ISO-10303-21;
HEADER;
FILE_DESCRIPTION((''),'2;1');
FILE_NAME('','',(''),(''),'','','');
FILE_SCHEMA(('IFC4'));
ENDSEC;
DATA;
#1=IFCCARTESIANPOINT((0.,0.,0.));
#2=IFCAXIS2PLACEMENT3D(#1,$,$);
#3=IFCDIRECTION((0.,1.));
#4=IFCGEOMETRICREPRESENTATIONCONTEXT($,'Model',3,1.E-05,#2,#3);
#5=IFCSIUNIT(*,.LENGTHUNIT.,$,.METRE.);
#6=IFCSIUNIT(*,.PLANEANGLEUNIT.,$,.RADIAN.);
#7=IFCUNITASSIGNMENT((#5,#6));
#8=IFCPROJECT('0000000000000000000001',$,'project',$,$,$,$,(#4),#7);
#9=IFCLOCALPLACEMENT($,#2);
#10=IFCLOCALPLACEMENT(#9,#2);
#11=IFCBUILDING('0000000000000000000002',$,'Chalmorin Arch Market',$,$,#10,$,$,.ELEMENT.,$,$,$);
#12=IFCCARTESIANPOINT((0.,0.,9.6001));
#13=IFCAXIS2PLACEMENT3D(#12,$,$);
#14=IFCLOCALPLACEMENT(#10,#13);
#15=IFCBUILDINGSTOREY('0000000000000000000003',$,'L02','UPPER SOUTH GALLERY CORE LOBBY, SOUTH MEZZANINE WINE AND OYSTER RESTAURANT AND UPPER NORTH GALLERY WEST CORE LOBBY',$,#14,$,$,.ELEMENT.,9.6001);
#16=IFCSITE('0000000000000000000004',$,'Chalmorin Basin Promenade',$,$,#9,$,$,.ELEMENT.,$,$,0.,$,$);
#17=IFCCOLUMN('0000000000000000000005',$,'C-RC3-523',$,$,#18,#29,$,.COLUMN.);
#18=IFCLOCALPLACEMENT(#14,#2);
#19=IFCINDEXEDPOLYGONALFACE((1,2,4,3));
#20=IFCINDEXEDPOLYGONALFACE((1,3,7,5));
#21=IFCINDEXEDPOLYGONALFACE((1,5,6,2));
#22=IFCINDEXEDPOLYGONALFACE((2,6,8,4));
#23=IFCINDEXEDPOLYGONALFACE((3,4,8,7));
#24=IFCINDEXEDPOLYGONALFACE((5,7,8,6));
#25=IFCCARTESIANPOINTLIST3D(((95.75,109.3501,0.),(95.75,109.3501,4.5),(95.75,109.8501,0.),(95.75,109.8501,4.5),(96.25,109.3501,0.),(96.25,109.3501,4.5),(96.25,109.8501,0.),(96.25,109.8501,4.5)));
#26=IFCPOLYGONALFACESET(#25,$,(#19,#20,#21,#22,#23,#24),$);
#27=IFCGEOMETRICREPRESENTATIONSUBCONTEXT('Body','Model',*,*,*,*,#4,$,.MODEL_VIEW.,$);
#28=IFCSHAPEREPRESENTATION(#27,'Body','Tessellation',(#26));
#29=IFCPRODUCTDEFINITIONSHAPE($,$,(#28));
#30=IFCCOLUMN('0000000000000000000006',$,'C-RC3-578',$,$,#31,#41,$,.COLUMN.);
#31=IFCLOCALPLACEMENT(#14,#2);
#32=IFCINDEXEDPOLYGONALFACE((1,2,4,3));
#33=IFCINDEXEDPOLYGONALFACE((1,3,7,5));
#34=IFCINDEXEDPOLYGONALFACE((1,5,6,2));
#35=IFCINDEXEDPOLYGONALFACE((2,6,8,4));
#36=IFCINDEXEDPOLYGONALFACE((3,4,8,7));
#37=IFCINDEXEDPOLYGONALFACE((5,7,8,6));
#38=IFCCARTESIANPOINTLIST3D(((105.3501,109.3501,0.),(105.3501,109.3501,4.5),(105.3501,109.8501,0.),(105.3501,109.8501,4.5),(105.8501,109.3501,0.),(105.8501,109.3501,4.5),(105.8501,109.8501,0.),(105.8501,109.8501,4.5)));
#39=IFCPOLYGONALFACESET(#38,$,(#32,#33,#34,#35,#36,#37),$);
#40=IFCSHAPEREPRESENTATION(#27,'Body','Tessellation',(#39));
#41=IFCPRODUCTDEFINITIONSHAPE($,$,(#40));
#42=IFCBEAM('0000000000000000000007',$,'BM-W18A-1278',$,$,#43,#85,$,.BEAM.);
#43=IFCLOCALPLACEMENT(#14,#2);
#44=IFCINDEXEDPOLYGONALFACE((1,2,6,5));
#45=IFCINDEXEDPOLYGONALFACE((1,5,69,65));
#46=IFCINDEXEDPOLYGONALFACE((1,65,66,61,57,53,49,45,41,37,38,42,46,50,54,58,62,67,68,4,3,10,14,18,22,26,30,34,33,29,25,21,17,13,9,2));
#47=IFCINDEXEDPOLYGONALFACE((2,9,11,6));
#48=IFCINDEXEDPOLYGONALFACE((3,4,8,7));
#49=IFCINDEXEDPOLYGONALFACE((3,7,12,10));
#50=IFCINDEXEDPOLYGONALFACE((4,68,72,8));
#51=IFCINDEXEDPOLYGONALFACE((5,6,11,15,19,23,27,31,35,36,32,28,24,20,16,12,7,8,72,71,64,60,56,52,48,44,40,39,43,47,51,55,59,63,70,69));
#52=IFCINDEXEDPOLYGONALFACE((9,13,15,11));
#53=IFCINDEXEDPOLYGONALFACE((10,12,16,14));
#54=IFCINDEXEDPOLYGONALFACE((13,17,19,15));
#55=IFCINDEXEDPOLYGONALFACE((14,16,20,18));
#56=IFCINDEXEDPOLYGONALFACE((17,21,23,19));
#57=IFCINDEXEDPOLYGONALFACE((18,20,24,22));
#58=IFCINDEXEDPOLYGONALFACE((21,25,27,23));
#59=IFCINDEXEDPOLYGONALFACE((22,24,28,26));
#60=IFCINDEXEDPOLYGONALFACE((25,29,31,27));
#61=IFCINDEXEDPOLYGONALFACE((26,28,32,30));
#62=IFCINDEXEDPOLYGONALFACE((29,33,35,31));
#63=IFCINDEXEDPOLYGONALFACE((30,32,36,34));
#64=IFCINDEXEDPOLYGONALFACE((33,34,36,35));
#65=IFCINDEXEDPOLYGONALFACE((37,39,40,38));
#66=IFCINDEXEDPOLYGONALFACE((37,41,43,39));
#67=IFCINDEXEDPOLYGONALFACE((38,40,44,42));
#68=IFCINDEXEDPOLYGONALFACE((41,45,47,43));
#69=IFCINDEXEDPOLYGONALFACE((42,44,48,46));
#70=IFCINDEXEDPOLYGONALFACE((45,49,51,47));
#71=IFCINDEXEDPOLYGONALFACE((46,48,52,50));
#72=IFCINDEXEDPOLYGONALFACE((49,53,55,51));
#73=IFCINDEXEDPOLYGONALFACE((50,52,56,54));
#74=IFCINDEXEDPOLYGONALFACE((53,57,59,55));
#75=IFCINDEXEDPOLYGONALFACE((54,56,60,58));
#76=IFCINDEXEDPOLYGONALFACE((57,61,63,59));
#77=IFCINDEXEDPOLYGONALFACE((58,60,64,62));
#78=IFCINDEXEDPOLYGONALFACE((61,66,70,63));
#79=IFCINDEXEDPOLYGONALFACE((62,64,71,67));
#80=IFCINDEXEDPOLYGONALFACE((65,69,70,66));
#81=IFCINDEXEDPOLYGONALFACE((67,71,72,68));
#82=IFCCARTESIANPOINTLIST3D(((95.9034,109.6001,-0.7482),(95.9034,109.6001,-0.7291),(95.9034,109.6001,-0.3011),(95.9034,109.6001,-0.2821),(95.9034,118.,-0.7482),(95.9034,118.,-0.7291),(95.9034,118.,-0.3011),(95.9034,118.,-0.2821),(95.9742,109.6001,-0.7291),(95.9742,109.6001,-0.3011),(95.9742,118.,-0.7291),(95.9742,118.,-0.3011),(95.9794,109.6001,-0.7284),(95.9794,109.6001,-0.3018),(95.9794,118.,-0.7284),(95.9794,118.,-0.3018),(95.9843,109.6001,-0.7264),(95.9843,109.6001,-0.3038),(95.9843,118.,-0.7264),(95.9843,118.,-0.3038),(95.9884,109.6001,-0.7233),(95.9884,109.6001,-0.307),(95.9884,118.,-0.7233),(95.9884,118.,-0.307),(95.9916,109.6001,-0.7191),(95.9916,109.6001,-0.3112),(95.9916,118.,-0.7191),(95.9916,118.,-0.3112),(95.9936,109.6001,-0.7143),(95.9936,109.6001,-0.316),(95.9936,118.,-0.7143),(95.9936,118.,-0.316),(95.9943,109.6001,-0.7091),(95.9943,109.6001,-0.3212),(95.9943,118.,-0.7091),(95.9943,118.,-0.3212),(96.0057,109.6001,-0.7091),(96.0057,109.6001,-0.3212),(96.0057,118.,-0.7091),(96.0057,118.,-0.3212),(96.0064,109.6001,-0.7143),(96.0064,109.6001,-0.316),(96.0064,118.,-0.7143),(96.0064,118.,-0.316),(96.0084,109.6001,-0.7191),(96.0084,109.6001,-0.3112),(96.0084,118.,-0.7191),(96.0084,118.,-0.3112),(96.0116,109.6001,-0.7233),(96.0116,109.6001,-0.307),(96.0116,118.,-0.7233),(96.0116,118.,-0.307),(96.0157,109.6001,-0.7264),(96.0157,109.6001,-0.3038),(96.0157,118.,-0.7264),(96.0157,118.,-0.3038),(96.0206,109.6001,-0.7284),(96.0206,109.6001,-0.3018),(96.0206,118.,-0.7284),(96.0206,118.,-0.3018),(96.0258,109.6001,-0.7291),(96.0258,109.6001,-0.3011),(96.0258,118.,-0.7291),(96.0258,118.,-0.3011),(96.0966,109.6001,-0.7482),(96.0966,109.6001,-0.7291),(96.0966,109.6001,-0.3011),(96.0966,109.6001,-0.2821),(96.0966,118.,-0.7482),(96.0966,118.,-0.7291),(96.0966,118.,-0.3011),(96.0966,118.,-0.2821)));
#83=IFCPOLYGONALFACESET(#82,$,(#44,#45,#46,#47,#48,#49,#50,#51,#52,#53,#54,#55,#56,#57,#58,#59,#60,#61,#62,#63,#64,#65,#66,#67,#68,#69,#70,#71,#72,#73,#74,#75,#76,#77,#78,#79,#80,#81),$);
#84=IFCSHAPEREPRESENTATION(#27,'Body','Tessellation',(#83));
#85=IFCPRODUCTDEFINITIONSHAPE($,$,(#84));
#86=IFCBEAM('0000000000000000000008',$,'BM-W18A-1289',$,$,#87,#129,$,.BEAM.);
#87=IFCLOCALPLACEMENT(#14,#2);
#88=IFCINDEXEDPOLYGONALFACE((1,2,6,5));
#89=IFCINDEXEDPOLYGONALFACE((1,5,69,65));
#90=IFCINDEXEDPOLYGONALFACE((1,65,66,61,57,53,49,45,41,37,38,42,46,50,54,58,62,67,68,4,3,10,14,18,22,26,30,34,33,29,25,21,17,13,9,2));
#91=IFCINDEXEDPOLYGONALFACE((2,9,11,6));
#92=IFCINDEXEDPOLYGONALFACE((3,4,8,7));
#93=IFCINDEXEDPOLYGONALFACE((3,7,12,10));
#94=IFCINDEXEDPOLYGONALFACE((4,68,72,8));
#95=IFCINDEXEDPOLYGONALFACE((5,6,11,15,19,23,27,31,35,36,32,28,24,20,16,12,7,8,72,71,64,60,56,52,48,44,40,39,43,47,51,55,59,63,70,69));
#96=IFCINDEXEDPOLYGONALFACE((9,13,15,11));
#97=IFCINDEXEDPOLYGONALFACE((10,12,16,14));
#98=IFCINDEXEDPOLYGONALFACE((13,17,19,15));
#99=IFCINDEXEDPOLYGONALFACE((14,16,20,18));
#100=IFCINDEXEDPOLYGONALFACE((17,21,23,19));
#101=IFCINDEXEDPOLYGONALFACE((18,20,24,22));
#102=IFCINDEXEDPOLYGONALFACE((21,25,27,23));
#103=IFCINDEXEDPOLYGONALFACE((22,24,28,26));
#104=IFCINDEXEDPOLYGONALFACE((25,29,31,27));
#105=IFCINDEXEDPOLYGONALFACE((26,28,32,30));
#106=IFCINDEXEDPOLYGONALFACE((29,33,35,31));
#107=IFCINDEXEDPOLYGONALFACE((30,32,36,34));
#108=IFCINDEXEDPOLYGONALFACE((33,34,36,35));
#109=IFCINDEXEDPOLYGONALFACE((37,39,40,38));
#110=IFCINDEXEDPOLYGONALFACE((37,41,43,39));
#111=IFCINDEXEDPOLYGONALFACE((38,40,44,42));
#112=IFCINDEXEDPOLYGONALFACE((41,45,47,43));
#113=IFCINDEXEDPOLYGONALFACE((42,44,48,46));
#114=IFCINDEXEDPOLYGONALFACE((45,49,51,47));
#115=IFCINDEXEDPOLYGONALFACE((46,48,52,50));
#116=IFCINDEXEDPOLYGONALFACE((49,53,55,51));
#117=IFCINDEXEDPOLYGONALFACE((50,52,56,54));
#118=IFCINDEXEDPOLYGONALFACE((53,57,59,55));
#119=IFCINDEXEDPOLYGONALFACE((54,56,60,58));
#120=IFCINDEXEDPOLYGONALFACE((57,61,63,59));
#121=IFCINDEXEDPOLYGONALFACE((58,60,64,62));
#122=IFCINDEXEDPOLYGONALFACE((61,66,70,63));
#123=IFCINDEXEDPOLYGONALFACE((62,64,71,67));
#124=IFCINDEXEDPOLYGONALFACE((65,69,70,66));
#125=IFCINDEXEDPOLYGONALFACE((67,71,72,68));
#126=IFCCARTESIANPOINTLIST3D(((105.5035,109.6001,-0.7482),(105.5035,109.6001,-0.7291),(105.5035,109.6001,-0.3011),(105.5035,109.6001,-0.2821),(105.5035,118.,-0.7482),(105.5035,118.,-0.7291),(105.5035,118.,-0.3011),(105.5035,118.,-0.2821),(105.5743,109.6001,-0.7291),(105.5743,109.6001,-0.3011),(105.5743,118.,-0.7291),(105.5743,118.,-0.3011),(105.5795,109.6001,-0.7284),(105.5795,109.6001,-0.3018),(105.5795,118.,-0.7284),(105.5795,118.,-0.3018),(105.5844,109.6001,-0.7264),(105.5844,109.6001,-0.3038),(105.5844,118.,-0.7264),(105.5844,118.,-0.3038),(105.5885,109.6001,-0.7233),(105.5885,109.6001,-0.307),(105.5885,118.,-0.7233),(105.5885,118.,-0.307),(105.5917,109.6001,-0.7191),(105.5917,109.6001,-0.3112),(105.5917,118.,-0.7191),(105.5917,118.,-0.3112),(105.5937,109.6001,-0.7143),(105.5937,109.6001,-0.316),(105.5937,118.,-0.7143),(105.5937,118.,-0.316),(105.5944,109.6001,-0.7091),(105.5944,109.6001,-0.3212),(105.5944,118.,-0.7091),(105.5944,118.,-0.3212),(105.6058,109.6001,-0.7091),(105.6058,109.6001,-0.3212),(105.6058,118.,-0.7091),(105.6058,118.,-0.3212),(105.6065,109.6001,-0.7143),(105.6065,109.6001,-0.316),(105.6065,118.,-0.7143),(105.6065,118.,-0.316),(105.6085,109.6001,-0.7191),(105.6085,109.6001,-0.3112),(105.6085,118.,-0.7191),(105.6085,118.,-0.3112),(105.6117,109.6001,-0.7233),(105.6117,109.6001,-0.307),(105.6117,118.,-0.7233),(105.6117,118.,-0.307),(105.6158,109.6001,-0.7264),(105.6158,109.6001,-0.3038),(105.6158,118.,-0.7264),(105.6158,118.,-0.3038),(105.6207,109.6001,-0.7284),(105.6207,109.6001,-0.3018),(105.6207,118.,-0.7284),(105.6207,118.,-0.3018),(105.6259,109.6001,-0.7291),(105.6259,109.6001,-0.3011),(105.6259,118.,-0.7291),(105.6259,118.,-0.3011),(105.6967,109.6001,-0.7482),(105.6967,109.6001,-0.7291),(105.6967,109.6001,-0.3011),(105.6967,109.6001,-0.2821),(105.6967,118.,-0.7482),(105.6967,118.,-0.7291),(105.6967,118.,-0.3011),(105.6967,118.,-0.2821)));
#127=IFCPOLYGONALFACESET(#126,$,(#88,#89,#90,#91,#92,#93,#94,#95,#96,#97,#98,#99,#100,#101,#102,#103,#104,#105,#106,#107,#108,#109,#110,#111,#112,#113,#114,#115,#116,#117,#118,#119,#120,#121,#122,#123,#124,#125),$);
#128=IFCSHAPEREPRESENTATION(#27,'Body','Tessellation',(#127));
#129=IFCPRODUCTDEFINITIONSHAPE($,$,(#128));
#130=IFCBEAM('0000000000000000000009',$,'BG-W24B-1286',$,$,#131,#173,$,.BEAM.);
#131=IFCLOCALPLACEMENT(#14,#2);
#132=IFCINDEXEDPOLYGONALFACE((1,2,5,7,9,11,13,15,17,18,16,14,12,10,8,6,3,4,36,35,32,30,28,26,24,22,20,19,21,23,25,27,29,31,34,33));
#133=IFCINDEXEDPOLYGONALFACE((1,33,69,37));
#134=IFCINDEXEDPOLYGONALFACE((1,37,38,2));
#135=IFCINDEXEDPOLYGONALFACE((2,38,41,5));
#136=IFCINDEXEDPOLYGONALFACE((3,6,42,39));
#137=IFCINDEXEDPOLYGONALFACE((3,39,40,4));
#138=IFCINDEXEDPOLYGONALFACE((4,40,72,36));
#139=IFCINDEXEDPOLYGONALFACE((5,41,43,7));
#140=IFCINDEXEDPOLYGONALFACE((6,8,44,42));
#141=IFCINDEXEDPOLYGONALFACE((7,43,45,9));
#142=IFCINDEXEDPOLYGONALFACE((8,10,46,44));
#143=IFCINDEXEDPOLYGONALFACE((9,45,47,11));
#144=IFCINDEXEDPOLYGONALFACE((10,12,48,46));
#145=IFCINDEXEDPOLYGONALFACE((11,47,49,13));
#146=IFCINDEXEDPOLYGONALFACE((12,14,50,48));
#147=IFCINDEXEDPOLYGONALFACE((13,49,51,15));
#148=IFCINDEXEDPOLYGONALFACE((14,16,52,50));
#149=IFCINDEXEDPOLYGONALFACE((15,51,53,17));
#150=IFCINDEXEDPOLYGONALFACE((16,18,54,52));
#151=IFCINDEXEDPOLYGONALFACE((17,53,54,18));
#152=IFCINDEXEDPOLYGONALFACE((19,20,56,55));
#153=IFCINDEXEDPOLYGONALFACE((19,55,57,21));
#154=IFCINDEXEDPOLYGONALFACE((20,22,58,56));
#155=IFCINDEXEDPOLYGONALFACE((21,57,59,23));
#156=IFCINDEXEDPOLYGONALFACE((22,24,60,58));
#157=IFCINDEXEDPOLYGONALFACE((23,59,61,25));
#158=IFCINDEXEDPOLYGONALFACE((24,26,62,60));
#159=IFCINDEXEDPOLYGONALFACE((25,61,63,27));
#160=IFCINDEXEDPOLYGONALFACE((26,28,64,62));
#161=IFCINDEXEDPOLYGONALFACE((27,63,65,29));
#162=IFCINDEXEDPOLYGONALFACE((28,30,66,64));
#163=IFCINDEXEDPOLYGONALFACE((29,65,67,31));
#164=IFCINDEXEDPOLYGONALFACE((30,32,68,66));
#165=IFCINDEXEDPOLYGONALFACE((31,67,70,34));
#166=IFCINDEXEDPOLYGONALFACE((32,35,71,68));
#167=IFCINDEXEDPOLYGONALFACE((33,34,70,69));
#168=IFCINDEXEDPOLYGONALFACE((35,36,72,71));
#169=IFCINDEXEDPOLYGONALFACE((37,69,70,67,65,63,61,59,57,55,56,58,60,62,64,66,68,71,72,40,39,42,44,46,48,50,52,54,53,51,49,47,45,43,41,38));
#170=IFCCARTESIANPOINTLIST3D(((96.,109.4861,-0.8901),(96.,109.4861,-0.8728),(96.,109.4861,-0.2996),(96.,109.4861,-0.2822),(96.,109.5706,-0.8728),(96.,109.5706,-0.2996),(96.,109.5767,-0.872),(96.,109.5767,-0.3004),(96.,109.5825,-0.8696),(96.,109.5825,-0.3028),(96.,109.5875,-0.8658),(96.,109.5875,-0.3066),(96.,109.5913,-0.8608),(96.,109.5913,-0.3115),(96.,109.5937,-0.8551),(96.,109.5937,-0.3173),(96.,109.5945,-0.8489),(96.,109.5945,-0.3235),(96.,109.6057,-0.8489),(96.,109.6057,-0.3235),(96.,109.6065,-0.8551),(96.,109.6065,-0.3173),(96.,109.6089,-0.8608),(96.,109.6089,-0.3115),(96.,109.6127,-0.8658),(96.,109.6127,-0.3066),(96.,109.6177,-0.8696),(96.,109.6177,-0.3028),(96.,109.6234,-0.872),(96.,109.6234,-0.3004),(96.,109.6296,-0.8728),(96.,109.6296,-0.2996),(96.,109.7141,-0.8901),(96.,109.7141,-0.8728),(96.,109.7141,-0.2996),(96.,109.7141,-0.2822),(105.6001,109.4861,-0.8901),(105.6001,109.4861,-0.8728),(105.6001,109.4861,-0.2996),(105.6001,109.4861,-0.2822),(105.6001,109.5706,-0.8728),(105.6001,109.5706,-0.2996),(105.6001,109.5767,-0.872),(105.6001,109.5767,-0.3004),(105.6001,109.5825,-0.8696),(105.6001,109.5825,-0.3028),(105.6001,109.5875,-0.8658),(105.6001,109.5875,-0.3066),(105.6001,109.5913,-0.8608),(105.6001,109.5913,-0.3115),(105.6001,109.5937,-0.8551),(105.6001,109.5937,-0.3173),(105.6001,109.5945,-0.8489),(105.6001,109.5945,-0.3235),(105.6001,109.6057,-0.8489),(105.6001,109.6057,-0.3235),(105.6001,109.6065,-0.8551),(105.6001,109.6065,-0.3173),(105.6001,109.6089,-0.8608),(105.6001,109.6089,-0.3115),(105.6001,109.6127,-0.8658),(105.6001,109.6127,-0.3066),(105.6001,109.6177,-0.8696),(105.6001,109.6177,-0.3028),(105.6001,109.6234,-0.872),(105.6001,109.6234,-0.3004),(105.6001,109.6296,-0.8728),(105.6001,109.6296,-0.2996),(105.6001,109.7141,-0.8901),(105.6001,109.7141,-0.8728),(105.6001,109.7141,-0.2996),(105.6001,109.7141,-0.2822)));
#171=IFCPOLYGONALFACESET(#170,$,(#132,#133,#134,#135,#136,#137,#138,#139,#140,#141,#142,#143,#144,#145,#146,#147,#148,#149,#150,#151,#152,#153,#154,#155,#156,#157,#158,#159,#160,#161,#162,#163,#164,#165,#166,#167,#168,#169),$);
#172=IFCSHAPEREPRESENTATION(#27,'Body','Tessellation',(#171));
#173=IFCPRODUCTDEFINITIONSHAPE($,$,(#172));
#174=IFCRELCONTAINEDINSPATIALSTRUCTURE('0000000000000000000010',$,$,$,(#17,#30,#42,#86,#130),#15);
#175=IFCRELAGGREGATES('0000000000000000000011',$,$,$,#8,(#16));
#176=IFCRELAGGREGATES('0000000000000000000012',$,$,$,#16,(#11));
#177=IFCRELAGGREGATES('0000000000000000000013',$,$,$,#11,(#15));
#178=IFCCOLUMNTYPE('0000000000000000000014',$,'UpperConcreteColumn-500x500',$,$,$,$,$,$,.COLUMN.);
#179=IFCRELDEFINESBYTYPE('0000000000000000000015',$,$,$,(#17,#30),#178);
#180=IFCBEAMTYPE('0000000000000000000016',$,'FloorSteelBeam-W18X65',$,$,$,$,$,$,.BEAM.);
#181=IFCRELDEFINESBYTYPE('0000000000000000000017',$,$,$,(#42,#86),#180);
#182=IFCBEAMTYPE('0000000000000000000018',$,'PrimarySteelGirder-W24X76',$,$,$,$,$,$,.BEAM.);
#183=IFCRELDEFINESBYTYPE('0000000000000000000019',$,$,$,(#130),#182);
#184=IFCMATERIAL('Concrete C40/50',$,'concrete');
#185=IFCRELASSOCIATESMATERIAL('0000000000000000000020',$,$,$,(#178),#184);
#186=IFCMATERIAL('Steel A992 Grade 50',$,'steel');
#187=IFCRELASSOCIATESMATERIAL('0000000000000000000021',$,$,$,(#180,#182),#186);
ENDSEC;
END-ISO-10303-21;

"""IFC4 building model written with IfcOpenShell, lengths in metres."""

from ifc_helpers import new_model, si_unit, direction, frame, origin, origin_2d, place, context, subcontext, project, spatial, rectangle, i_section, extrude, material, material_profile, profile_set, type_object, element, save


model = new_model("IFC4")

# Units and contexts
model_context = context("Model", 3, precision=1e-05, world=origin(), true_north=direction((0.0, 1.0)))
body_context = subcontext(model_context, "Body", "Model", "MODEL_VIEW")
ifc_project = project(units=[si_unit("LENGTHUNIT", "METRE"), si_unit("PLANEANGLEUNIT", "RADIAN")], contexts=[model_context])

# Site, building, storey
site_placement = place(None, origin())
site = spatial("IfcSite", under=ifc_project, at=site_placement, Name="Chalmorin Basin Promenade", CompositionType="ELEMENT", RefElevation=0.0)
building_placement = place(site_placement, origin())
building = spatial("IfcBuilding", under=site, at=building_placement, Name="Chalmorin Arch Market", CompositionType="ELEMENT")
storey_placement = place(building_placement, frame((0.0, 0.0, 9.6001)))
storey = spatial("IfcBuildingStorey", under=building, at=storey_placement, Name="L02", Description="UPPER SOUTH GALLERY CORE LOBBY, SOUTH MEZZANINE WINE AND OYSTER RESTAURANT AND UPPER NORTH GALLERY WEST CORE LOBBY", CompositionType="ELEMENT", Elevation=9.6001)

# Columns
ifc_material_1 = material(Name="Concrete C40/50", Category="concrete")
ifc_material_profile_1 = material_profile(ifc_material_1, rectangle(XDim=0.5, YDim=0.5, at=origin_2d()), Name="RC500X500")
ifc_profile_set_1 = profile_set([ifc_material_profile_1], Name="Concrete C40/50")
column_type = type_object("IfcColumnType", Name="UpperConcreteColumn-500x500", PredefinedType="COLUMN", material=ifc_profile_set_1)
for number, where, z_axis, x_axis, name in (
    (1, (96.0, 109.6001, 0.0), (0.0, 0.0, 1.0), (1.0, 0.0, 0.0), "C-RC3-523"),
    (2, (105.6001, 109.6001, 0.0), (0.0, 0.0, 1.0), (1.0, 0.0, 0.0), "C-RC3-578"),
):
    element("IfcColumn", number, at=place(storey_placement, frame(where, z_axis=z_axis, x_axis=x_axis)), inside=storey, type_object=column_type, Name=name, PredefinedType="COLUMN", context=body_context, shape_type="SweptSolid", body=[
        extrude(rectangle(XDim=0.5, YDim=0.5, at=origin_2d()), origin(), (0.0, 0.0, 1.0), 4.5),
    ])

# Beams
ifc_material_2 = material(Name="Steel A992 Grade 50", Category="steel")
ifc_material_profile_2 = material_profile(ifc_material_2, i_section(OverallWidth=0.1931, OverallDepth=0.4661, WebThickness=0.0115, FlangeThickness=0.019, FilletRadius=0.02, at=origin_2d()), Name="W18X65")
ifc_profile_set_2 = profile_set([ifc_material_profile_2], Name="Steel A992 Grade 50")
beam_type_1 = type_object("IfcBeamType", Name="FloorSteelBeam-W18X65", PredefinedType="BEAM", material=ifc_profile_set_2)
for number, where, z_axis, x_axis, name in (
    (3, (96.0, 109.6001, -0.5151), (0.0, 1.0, 0.0), (-1.0, 0.0, 0.0), "BM-W18A-1278"),
    (4, (105.6001, 109.6001, -0.5151), (0.0, 1.0, 0.0), (-1.0, 0.0, 0.0), "BM-W18A-1289"),
):
    element("IfcBeam", number, at=place(storey_placement, frame(where, z_axis=z_axis, x_axis=x_axis)), inside=storey, type_object=beam_type_1, Name=name, PredefinedType="BEAM", context=body_context, shape_type="SweptSolid", body=[
        extrude(i_section(OverallWidth=0.1931, OverallDepth=0.4661, WebThickness=0.0115, FlangeThickness=0.019, FilletRadius=0.02, at=origin_2d()), origin(), (0.0, 0.0, 1.0), 8.3999),
    ])
ifc_material_profile_3 = material_profile(ifc_material_2, i_section(OverallWidth=0.228, OverallDepth=0.6079, WebThickness=0.0112, FlangeThickness=0.0173, FilletRadius=0.0239, at=origin_2d()), Name="W24X76")
ifc_profile_set_3 = profile_set([ifc_material_profile_3], Name="Steel A992 Grade 50")
beam_type_2 = type_object("IfcBeamType", Name="PrimarySteelGirder-W24X76", PredefinedType="BEAM", material=ifc_profile_set_3)
beam_1_placement = place(storey_placement, frame((96.0, 109.6001, -0.5862), z_axis=(1.0, 0.0, 0.0), x_axis=(0.0, 1.0, 0.0)))
element("IfcBeam", 5, at=beam_1_placement, inside=storey, type_object=beam_type_2, Name="BG-W24B-1286", PredefinedType="BEAM", context=body_context, shape_type="SweptSolid", body=[
    extrude(i_section(OverallWidth=0.228, OverallDepth=0.6079, WebThickness=0.0112, FlangeThickness=0.0173, FilletRadius=0.0239, at=origin_2d()), origin(), (0.0, 0.0, 1.0), 9.6001),
])

save(model, "model.ifc")
